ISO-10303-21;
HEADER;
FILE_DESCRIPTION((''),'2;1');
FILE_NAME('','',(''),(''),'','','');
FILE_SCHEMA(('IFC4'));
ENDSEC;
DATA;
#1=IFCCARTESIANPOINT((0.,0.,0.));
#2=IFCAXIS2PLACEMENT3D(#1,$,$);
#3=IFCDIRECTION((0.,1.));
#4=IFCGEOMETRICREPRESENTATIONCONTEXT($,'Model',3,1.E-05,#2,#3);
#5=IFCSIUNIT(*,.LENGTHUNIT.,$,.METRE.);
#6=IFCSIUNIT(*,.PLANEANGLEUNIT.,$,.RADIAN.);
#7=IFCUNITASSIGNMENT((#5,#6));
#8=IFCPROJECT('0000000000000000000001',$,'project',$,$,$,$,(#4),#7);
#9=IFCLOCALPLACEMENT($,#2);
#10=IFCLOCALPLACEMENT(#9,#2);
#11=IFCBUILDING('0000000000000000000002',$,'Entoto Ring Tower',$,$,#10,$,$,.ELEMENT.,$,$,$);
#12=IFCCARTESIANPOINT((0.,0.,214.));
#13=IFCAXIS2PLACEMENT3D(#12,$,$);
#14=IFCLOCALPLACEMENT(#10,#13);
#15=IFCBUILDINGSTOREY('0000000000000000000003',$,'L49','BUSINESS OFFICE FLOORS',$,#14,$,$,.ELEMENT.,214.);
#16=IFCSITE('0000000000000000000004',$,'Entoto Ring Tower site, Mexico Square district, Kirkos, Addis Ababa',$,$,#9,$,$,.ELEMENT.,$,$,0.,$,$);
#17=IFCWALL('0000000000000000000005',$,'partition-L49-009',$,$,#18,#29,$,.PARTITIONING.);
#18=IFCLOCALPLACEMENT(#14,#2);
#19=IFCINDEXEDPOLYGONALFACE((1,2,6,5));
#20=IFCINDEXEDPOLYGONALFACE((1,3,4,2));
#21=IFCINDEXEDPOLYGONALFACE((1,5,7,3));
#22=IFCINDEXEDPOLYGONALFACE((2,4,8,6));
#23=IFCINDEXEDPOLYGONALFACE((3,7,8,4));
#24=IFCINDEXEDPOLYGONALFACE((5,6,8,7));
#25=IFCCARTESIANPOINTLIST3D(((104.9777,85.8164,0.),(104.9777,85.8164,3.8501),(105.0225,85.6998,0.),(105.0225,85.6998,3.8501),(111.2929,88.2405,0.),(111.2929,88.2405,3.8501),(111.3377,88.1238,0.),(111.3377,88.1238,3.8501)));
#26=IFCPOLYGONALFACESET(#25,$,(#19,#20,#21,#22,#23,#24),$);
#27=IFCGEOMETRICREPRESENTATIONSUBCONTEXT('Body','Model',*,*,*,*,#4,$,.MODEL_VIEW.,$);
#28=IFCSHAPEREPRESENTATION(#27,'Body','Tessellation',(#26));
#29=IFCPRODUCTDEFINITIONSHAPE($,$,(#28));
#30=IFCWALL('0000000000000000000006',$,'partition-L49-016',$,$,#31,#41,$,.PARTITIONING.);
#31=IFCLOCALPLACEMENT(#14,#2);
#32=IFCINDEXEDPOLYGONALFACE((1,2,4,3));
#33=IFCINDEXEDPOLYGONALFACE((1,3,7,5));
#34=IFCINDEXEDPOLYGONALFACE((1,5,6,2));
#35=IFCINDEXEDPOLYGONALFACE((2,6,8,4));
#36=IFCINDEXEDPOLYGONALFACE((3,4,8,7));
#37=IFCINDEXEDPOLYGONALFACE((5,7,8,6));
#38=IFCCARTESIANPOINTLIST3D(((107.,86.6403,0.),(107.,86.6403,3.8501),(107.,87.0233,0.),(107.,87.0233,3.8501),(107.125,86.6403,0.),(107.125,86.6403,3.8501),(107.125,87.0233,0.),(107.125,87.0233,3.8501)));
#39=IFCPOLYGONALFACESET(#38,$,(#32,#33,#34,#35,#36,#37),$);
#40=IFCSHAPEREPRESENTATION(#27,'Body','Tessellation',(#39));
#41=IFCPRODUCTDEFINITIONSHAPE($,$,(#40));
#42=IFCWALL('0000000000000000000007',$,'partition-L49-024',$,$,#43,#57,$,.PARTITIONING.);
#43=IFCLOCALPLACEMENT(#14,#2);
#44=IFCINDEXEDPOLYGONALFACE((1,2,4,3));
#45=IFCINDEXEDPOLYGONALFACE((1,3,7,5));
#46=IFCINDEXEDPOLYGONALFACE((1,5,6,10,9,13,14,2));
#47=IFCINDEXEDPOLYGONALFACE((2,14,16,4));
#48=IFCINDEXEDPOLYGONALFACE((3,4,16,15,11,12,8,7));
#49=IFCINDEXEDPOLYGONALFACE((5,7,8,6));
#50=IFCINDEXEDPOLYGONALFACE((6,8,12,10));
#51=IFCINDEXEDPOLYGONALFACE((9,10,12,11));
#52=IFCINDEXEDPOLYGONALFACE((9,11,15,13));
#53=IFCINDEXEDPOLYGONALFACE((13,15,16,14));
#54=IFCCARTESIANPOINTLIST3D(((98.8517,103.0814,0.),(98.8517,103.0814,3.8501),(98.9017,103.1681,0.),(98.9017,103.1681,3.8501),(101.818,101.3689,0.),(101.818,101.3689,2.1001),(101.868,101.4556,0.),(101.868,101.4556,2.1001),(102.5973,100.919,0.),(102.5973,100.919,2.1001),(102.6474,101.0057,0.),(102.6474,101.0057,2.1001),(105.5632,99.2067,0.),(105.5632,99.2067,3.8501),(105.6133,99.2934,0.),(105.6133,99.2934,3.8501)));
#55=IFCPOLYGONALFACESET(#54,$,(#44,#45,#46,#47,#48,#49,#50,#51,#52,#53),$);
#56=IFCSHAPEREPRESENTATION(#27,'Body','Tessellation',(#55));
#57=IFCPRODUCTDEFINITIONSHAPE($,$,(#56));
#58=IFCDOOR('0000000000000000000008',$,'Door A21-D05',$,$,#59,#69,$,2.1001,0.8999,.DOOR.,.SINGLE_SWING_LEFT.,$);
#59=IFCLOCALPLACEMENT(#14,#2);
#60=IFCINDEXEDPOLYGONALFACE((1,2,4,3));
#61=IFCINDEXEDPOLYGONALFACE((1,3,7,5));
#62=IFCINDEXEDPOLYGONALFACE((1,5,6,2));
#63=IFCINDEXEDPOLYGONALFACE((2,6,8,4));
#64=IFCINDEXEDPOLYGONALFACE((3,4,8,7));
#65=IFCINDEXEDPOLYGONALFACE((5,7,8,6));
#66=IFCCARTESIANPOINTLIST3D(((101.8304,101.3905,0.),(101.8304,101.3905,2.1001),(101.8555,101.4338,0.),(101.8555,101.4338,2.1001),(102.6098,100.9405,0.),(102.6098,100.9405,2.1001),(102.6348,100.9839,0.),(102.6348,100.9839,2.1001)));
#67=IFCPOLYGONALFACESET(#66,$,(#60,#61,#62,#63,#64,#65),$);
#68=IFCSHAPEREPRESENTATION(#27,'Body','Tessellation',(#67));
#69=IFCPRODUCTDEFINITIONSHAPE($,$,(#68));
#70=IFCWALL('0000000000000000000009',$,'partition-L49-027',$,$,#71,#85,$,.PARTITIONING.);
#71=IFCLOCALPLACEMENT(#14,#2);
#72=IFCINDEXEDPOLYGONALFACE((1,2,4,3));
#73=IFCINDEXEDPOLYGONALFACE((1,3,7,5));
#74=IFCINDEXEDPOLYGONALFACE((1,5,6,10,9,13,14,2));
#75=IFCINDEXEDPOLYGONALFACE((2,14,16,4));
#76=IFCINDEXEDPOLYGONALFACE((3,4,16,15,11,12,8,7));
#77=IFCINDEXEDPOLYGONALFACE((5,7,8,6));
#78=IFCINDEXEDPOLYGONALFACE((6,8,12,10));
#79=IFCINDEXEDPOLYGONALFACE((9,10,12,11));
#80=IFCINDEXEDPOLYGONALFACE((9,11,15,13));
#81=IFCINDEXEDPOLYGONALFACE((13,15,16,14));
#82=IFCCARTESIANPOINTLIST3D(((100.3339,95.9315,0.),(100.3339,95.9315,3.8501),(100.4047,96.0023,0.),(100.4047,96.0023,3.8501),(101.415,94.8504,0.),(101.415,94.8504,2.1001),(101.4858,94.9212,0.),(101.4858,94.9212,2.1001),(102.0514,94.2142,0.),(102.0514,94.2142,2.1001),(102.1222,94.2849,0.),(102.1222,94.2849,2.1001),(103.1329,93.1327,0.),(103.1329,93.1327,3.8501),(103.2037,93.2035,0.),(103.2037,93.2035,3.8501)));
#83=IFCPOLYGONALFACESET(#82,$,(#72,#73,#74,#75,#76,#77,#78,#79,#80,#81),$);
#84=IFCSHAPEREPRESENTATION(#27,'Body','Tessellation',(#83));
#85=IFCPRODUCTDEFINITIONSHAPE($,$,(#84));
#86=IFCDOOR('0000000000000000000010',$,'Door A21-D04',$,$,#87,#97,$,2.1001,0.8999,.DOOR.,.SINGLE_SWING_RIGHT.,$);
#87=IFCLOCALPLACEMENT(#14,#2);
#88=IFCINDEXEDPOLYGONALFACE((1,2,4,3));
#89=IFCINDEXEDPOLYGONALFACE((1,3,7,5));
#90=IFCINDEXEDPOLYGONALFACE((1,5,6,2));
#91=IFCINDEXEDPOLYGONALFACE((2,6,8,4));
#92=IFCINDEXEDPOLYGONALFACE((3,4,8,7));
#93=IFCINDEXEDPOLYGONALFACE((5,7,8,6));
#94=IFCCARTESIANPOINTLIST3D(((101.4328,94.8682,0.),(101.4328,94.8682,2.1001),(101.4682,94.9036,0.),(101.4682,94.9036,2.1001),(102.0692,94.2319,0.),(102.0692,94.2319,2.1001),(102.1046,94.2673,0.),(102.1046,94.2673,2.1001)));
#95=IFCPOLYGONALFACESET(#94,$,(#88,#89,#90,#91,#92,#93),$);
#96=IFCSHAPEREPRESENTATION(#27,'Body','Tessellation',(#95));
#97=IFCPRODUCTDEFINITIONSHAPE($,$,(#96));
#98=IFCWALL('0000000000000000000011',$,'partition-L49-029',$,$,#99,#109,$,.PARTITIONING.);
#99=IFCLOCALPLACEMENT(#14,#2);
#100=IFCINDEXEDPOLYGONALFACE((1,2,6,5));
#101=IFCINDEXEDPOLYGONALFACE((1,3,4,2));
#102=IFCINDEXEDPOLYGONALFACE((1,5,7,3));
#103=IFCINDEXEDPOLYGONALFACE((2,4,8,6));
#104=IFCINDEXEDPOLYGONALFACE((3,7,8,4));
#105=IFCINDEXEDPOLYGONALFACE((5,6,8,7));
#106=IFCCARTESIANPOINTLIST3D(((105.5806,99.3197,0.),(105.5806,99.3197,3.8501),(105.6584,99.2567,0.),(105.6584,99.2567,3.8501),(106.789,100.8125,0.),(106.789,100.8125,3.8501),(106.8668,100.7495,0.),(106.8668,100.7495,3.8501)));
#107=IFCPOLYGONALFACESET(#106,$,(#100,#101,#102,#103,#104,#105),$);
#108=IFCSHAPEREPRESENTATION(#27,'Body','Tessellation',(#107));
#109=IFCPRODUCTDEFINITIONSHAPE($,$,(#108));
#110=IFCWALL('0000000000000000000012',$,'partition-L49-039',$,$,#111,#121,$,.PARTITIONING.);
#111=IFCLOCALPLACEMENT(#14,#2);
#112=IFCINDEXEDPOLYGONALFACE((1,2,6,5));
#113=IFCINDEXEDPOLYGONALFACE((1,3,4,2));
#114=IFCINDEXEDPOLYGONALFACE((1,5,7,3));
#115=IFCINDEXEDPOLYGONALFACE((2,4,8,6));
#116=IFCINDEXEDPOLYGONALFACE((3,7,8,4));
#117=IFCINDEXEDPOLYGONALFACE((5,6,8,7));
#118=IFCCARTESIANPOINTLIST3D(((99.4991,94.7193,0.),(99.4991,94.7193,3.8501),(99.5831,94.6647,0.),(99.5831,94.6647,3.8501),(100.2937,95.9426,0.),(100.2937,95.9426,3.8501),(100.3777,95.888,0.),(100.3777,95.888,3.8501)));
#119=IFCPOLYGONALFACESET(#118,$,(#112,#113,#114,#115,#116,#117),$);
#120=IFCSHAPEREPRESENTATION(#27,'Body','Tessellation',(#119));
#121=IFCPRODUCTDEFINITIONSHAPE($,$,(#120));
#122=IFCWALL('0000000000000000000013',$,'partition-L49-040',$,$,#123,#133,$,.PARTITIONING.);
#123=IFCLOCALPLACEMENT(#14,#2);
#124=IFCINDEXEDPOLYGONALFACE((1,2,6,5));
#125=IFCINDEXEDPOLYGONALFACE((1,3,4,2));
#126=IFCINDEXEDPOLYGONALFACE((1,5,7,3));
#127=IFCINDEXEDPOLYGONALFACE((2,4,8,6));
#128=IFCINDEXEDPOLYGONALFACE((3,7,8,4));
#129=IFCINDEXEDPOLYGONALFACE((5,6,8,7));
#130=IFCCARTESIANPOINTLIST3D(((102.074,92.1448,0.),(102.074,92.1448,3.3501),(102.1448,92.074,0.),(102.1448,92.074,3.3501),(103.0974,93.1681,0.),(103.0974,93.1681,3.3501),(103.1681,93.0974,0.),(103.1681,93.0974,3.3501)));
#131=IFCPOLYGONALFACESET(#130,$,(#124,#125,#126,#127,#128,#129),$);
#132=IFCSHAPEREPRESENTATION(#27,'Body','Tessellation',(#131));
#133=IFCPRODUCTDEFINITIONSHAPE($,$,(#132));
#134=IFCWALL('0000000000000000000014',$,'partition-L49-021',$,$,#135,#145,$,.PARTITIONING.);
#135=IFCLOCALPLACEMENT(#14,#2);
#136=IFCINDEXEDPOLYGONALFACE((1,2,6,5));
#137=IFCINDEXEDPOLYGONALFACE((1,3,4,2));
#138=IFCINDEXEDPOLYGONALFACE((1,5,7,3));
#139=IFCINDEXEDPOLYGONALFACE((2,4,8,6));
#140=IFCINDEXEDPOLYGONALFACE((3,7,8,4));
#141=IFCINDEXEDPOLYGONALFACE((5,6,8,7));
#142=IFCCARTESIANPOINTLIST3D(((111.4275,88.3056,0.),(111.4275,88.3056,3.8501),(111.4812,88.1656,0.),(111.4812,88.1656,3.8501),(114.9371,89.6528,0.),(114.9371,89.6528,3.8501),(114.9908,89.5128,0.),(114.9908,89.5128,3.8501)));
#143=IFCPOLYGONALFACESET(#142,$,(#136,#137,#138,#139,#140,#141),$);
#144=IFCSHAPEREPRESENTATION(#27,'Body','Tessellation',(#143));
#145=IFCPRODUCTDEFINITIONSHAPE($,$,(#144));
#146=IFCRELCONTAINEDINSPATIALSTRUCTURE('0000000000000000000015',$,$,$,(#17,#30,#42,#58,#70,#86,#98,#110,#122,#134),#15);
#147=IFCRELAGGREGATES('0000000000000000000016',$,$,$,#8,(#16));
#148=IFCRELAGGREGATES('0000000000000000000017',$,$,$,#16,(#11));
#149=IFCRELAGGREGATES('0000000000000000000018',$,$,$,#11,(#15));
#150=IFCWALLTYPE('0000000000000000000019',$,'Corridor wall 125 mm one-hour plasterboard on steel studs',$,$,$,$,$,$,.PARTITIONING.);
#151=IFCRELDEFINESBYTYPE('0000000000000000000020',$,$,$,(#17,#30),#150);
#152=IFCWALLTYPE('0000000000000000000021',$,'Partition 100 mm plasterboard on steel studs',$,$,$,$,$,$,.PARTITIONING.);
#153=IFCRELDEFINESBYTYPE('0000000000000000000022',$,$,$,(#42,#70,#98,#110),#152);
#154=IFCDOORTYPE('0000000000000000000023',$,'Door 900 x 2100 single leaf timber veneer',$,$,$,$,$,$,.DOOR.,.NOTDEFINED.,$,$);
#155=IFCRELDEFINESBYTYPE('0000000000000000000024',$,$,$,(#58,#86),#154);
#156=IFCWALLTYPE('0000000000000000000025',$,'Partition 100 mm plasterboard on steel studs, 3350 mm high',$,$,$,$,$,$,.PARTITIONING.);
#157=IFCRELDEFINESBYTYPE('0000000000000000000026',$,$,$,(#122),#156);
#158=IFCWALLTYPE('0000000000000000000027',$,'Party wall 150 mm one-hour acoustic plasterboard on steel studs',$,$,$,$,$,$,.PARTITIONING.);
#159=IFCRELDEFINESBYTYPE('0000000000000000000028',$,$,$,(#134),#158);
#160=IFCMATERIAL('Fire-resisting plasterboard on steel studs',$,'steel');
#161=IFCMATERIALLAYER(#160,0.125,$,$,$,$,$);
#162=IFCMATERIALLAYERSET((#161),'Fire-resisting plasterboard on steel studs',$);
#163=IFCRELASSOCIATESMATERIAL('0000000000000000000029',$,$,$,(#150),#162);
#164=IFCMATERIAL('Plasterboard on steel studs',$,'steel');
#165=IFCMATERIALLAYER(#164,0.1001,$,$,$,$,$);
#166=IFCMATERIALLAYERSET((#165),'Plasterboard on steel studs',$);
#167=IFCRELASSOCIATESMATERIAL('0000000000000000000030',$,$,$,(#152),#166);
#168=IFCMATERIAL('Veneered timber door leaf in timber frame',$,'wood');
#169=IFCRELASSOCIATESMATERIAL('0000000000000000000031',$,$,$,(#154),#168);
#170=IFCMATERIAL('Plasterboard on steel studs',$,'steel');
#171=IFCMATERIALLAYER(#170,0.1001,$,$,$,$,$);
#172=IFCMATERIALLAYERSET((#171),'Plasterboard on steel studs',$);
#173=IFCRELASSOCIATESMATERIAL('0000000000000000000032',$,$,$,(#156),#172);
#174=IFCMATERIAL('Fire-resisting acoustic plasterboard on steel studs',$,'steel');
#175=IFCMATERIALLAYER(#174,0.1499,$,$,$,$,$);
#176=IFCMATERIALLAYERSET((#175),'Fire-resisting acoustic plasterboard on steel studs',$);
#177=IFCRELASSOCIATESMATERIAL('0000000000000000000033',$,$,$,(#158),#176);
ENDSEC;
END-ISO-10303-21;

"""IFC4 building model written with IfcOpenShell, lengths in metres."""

from ifc_helpers import new_model, si_unit, direction, frame, frame_2d, origin, place, context, subcontext, project, spatial, rectangle, extrude, material, layer, layer_set, type_object, element, fill, save


model = new_model("IFC4")

# Units and contexts
model_context = context("Model", 3, precision=1e-05, world=origin(), true_north=direction((0.0, 1.0)))
body_context = subcontext(model_context, "Body", "Model", "MODEL_VIEW")
ifc_project = project(units=[si_unit("LENGTHUNIT", "METRE"), si_unit("PLANEANGLEUNIT", "RADIAN")], contexts=[model_context])

# Site, building, storey
site_placement = place(None, origin())
site = spatial("IfcSite", under=ifc_project, at=site_placement, Name="Entoto Ring Tower site, Mexico Square district, Kirkos, Addis Ababa", CompositionType="ELEMENT", RefElevation=0.0)
building_placement = place(site_placement, origin())
building = spatial("IfcBuilding", under=site, at=building_placement, Name="Entoto Ring Tower", CompositionType="ELEMENT")
storey_placement = place(building_placement, frame((0.0, 0.0, 214.0)))
storey = spatial("IfcBuildingStorey", under=building, at=storey_placement, Name="L49", Description="BUSINESS OFFICE FLOORS", CompositionType="ELEMENT", Elevation=214.0)

# Shared definitions
ifc_material_1 = material(Name="Fire-resisting plasterboard on steel studs", Category="steel")
ifc_layer_1 = layer(ifc_material_1, 0.125)
ifc_layer_set_1 = layer_set([ifc_layer_1], Name="Fire-resisting plasterboard on steel studs")
wall_type_1 = type_object("IfcWallType", Name="Corridor wall 125 mm one-hour plasterboard on steel studs", PredefinedType="PARTITIONING", material=ifc_layer_set_1)

# Walls
wall_1_placement = place(storey_placement, frame((105.0, 85.7581, 0.0), z_axis=(0.0, 0.0, 1.0), x_axis=(0.933585, 0.358355, 0.0)))
element("IfcWall", 1, at=wall_1_placement, inside=storey, type_object=wall_type_1, Name="partition-L49-009", PredefinedType="PARTITIONING", context=body_context, shape_type="SweptSolid", body=[
    extrude(rectangle(XDim=6.7644, YDim=0.125, at=frame_2d((3.3823, 0.0))), origin(), (0.0, 0.0, 1.0), 3.8501),
])
wall_2_placement = place(storey_placement, frame((107.0625, 86.6404, 0.0), z_axis=(0.0, 0.0, 1.0), x_axis=(0.0, 1.0, 0.0)))
element("IfcWall", 2, at=wall_2_placement, inside=storey, type_object=wall_type_1, Name="partition-L49-016", PredefinedType="PARTITIONING", context=body_context, shape_type="SweptSolid", body=[
    extrude(rectangle(XDim=0.3831, YDim=0.125, at=frame_2d((0.1914, 0.0))), origin(), (0.0, 0.0, 1.0), 3.8501),
])

# Walls, openings, doors
ifc_material_2 = material(Name="Plasterboard on steel studs", Category="steel")
ifc_layer_2 = layer(ifc_material_2, 0.1001)
ifc_layer_set_2 = layer_set([ifc_layer_2], Name="Plasterboard on steel studs")
wall_type_2 = type_object("IfcWallType", Name="Partition 100 mm plasterboard on steel studs", PredefinedType="PARTITIONING", material=ifc_layer_set_2)
wall_3_placement = place(storey_placement, frame((105.5884, 99.25, 0.0), z_axis=(0.0, 0.0, 1.0), x_axis=(-0.866038, 0.499978, 0.0)))
wall_3 = element("IfcWall", 3, at=wall_3_placement, inside=storey, type_object=wall_type_2, Name="partition-L49-024", PredefinedType="PARTITIONING", context=body_context, shape_type="SweptSolid", body=[
    extrude(rectangle(XDim=7.7498, YDim=0.1001, at=frame_2d((3.875, 0.0))), origin(), (0.0, 0.0, 1.0), 3.8501),
])
opening_1_placement = place(wall_3_placement, frame((3.4248, 0.0, 0.0)))
opening_1 = element("IfcOpeningElement", 4, at=opening_1_placement, cuts=wall_3, PredefinedType="OPENING", context=body_context, shape_type="SweptSolid", body=[
    extrude(rectangle(XDim=0.8999, YDim=2.1001, at=frame_2d((0.45, 1.05))), frame((0.0, 0.0601, 0.0), z_axis=(0.0, -1.0, 0.0), x_axis=(1.0, 0.0, 0.0)), (0.0, 0.0, 1.0), 0.1201),
])
ifc_material_3 = material(Name="Veneered timber door leaf in timber frame", Category="wood")
door_type_1 = type_object("IfcDoorType", Name="Door 900 x 2100 single leaf timber veneer", OperationType="NOTDEFINED", PredefinedType="DOOR", material=ifc_material_3)
door_1_placement = place(opening_1_placement, frame((0.8999, 0.0, 0.0), z_axis=(0.0, 0.0, 1.0), x_axis=(-1.0, 0.0, 0.0)))
door_1 = element("IfcDoor", 5, at=door_1_placement, inside=storey, type_object=door_type_1, Name="Door A21-D05", OperationType="SINGLE_SWING_LEFT", OverallHeight=2.1001, OverallWidth=0.8999, PredefinedType="DOOR", context=body_context, shape_type="SweptSolid", body=[
    extrude(rectangle(XDim=0.8999, YDim=2.1001, at=frame_2d((0.45, 1.05))), frame((0.0, 0.0249, 0.0), z_axis=(0.0, -1.0, 0.0), x_axis=(1.0, 0.0, 0.0)), (0.0, 0.0, 1.0), 0.05),
])
fill(opening_1, door_1)
wall_4_placement = place(storey_placement, frame((103.1682, 93.1682, 0.0), z_axis=(0.0, 0.0, 1.0), x_axis=(-0.707138, 0.707076, 0.0)))
wall_4 = element("IfcWall", 6, at=wall_4_placement, inside=storey, type_object=wall_type_2, Name="partition-L49-027", PredefinedType="PARTITIONING", context=body_context, shape_type="SweptSolid", body=[
    extrude(rectangle(XDim=3.9583, YDim=0.1001, at=frame_2d((1.979, 0.0))), origin(), (0.0, 0.0, 1.0), 3.8501),
])
opening_2_placement = place(wall_4_placement, frame((1.5293, 0.0, 0.0)))
opening_2 = element("IfcOpeningElement", 7, at=opening_2_placement, cuts=wall_4, PredefinedType="OPENING", context=body_context, shape_type="SweptSolid", body=[
    extrude(rectangle(XDim=0.8999, YDim=2.1001, at=frame_2d((0.45, 1.05))), frame((0.0, 0.0601, 0.0), z_axis=(0.0, -1.0, 0.0), x_axis=(1.0, 0.0, 0.0)), (0.0, 0.0, 1.0), 0.1201),
])
door_2_placement = place(opening_2_placement, origin())
door_2 = element("IfcDoor", 8, at=door_2_placement, inside=storey, type_object=door_type_1, Name="Door A21-D04", OperationType="SINGLE_SWING_RIGHT", OverallHeight=2.1001, OverallWidth=0.8999, PredefinedType="DOOR", context=body_context, shape_type="SweptSolid", body=[
    extrude(rectangle(XDim=0.8999, YDim=2.1001, at=frame_2d((0.45, 1.05))), frame((0.0, 0.0249, 0.0), z_axis=(0.0, -1.0, 0.0), x_axis=(1.0, 0.0, 0.0)), (0.0, 0.0, 1.0), 0.05),
])
fill(opening_2, door_2)

# Walls
wall_5_placement = place(storey_placement, frame((105.6194, 99.2881, 0.0), z_axis=(0.0, 0.0, 1.0), x_axis=(0.62918, 0.77726, 0.0)))
element("IfcWall", 9, at=wall_5_placement, inside=storey, type_object=wall_type_2, Name="partition-L49-029", PredefinedType="PARTITIONING", context=body_context, shape_type="SweptSolid", body=[
    extrude(rectangle(XDim=1.9207, YDim=0.1001, at=frame_2d((0.9604, 0.0))), origin(), (0.0, 0.0, 1.0), 3.8501),
])
wall_6_placement = place(storey_placement, frame((99.541, 94.6919, 0.0), z_axis=(0.0, 0.0, 1.0), x_axis=(0.544735, 0.838608, 0.0)))
element("IfcWall", 10, at=wall_6_placement, inside=storey, type_object=wall_type_2, Name="partition-L49-039", PredefinedType="PARTITIONING", context=body_context, shape_type="SweptSolid", body=[
    extrude(rectangle(XDim=1.4587, YDim=0.1001, at=frame_2d((0.7295, 0.0))), origin(), (0.0, 0.0, 1.0), 3.8501),
])
ifc_material_4 = material(Name="Plasterboard on steel studs", Category="steel")
ifc_layer_3 = layer(ifc_material_4, 0.1001)
ifc_layer_set_3 = layer_set([ifc_layer_3], Name="Plasterboard on steel studs")
wall_type_3 = type_object("IfcWallType", Name="Partition 100 mm plasterboard on steel studs, 3350 mm high", PredefinedType="PARTITIONING", material=ifc_layer_set_3)
wall_7_placement = place(storey_placement, frame((102.1094, 92.1094, 0.0), z_axis=(0.0, 0.0, 1.0), x_axis=(0.707107, 0.707107, 0.0)))
element("IfcWall", 11, at=wall_7_placement, inside=storey, type_object=wall_type_3, Name="partition-L49-040", PredefinedType="PARTITIONING", context=body_context, shape_type="SweptSolid", body=[
    extrude(rectangle(XDim=1.4473, YDim=0.1001, at=frame_2d((0.7236, 0.0))), origin(), (0.0, 0.0, 1.0), 3.3501),
])
ifc_material_5 = material(Name="Fire-resisting acoustic plasterboard on steel studs", Category="steel")
ifc_layer_4 = layer(ifc_material_5, 0.1499)
ifc_layer_set_4 = layer_set([ifc_layer_4], Name="Fire-resisting acoustic plasterboard on steel studs")
wall_type_4 = type_object("IfcWallType", Name="Party wall 150 mm one-hour acoustic plasterboard on steel studs", PredefinedType="PARTITIONING", material=ifc_layer_set_4)
wall_8_placement = place(storey_placement, frame((111.4543, 88.2356, 0.0), z_axis=(0.0, 0.0, 1.0), x_axis=(0.933581, 0.358365, 0.0)))
element("IfcWall", 12, at=wall_8_placement, inside=storey, type_object=wall_type_4, Name="partition-L49-021", PredefinedType="PARTITIONING", context=body_context, shape_type="SweptSolid", body=[
    extrude(rectangle(XDim=3.7593, YDim=0.1499, at=frame_2d((1.8796, 0.0))), origin(), (0.0, 0.0, 1.0), 3.8501),
])

save(model, "model.ifc")
